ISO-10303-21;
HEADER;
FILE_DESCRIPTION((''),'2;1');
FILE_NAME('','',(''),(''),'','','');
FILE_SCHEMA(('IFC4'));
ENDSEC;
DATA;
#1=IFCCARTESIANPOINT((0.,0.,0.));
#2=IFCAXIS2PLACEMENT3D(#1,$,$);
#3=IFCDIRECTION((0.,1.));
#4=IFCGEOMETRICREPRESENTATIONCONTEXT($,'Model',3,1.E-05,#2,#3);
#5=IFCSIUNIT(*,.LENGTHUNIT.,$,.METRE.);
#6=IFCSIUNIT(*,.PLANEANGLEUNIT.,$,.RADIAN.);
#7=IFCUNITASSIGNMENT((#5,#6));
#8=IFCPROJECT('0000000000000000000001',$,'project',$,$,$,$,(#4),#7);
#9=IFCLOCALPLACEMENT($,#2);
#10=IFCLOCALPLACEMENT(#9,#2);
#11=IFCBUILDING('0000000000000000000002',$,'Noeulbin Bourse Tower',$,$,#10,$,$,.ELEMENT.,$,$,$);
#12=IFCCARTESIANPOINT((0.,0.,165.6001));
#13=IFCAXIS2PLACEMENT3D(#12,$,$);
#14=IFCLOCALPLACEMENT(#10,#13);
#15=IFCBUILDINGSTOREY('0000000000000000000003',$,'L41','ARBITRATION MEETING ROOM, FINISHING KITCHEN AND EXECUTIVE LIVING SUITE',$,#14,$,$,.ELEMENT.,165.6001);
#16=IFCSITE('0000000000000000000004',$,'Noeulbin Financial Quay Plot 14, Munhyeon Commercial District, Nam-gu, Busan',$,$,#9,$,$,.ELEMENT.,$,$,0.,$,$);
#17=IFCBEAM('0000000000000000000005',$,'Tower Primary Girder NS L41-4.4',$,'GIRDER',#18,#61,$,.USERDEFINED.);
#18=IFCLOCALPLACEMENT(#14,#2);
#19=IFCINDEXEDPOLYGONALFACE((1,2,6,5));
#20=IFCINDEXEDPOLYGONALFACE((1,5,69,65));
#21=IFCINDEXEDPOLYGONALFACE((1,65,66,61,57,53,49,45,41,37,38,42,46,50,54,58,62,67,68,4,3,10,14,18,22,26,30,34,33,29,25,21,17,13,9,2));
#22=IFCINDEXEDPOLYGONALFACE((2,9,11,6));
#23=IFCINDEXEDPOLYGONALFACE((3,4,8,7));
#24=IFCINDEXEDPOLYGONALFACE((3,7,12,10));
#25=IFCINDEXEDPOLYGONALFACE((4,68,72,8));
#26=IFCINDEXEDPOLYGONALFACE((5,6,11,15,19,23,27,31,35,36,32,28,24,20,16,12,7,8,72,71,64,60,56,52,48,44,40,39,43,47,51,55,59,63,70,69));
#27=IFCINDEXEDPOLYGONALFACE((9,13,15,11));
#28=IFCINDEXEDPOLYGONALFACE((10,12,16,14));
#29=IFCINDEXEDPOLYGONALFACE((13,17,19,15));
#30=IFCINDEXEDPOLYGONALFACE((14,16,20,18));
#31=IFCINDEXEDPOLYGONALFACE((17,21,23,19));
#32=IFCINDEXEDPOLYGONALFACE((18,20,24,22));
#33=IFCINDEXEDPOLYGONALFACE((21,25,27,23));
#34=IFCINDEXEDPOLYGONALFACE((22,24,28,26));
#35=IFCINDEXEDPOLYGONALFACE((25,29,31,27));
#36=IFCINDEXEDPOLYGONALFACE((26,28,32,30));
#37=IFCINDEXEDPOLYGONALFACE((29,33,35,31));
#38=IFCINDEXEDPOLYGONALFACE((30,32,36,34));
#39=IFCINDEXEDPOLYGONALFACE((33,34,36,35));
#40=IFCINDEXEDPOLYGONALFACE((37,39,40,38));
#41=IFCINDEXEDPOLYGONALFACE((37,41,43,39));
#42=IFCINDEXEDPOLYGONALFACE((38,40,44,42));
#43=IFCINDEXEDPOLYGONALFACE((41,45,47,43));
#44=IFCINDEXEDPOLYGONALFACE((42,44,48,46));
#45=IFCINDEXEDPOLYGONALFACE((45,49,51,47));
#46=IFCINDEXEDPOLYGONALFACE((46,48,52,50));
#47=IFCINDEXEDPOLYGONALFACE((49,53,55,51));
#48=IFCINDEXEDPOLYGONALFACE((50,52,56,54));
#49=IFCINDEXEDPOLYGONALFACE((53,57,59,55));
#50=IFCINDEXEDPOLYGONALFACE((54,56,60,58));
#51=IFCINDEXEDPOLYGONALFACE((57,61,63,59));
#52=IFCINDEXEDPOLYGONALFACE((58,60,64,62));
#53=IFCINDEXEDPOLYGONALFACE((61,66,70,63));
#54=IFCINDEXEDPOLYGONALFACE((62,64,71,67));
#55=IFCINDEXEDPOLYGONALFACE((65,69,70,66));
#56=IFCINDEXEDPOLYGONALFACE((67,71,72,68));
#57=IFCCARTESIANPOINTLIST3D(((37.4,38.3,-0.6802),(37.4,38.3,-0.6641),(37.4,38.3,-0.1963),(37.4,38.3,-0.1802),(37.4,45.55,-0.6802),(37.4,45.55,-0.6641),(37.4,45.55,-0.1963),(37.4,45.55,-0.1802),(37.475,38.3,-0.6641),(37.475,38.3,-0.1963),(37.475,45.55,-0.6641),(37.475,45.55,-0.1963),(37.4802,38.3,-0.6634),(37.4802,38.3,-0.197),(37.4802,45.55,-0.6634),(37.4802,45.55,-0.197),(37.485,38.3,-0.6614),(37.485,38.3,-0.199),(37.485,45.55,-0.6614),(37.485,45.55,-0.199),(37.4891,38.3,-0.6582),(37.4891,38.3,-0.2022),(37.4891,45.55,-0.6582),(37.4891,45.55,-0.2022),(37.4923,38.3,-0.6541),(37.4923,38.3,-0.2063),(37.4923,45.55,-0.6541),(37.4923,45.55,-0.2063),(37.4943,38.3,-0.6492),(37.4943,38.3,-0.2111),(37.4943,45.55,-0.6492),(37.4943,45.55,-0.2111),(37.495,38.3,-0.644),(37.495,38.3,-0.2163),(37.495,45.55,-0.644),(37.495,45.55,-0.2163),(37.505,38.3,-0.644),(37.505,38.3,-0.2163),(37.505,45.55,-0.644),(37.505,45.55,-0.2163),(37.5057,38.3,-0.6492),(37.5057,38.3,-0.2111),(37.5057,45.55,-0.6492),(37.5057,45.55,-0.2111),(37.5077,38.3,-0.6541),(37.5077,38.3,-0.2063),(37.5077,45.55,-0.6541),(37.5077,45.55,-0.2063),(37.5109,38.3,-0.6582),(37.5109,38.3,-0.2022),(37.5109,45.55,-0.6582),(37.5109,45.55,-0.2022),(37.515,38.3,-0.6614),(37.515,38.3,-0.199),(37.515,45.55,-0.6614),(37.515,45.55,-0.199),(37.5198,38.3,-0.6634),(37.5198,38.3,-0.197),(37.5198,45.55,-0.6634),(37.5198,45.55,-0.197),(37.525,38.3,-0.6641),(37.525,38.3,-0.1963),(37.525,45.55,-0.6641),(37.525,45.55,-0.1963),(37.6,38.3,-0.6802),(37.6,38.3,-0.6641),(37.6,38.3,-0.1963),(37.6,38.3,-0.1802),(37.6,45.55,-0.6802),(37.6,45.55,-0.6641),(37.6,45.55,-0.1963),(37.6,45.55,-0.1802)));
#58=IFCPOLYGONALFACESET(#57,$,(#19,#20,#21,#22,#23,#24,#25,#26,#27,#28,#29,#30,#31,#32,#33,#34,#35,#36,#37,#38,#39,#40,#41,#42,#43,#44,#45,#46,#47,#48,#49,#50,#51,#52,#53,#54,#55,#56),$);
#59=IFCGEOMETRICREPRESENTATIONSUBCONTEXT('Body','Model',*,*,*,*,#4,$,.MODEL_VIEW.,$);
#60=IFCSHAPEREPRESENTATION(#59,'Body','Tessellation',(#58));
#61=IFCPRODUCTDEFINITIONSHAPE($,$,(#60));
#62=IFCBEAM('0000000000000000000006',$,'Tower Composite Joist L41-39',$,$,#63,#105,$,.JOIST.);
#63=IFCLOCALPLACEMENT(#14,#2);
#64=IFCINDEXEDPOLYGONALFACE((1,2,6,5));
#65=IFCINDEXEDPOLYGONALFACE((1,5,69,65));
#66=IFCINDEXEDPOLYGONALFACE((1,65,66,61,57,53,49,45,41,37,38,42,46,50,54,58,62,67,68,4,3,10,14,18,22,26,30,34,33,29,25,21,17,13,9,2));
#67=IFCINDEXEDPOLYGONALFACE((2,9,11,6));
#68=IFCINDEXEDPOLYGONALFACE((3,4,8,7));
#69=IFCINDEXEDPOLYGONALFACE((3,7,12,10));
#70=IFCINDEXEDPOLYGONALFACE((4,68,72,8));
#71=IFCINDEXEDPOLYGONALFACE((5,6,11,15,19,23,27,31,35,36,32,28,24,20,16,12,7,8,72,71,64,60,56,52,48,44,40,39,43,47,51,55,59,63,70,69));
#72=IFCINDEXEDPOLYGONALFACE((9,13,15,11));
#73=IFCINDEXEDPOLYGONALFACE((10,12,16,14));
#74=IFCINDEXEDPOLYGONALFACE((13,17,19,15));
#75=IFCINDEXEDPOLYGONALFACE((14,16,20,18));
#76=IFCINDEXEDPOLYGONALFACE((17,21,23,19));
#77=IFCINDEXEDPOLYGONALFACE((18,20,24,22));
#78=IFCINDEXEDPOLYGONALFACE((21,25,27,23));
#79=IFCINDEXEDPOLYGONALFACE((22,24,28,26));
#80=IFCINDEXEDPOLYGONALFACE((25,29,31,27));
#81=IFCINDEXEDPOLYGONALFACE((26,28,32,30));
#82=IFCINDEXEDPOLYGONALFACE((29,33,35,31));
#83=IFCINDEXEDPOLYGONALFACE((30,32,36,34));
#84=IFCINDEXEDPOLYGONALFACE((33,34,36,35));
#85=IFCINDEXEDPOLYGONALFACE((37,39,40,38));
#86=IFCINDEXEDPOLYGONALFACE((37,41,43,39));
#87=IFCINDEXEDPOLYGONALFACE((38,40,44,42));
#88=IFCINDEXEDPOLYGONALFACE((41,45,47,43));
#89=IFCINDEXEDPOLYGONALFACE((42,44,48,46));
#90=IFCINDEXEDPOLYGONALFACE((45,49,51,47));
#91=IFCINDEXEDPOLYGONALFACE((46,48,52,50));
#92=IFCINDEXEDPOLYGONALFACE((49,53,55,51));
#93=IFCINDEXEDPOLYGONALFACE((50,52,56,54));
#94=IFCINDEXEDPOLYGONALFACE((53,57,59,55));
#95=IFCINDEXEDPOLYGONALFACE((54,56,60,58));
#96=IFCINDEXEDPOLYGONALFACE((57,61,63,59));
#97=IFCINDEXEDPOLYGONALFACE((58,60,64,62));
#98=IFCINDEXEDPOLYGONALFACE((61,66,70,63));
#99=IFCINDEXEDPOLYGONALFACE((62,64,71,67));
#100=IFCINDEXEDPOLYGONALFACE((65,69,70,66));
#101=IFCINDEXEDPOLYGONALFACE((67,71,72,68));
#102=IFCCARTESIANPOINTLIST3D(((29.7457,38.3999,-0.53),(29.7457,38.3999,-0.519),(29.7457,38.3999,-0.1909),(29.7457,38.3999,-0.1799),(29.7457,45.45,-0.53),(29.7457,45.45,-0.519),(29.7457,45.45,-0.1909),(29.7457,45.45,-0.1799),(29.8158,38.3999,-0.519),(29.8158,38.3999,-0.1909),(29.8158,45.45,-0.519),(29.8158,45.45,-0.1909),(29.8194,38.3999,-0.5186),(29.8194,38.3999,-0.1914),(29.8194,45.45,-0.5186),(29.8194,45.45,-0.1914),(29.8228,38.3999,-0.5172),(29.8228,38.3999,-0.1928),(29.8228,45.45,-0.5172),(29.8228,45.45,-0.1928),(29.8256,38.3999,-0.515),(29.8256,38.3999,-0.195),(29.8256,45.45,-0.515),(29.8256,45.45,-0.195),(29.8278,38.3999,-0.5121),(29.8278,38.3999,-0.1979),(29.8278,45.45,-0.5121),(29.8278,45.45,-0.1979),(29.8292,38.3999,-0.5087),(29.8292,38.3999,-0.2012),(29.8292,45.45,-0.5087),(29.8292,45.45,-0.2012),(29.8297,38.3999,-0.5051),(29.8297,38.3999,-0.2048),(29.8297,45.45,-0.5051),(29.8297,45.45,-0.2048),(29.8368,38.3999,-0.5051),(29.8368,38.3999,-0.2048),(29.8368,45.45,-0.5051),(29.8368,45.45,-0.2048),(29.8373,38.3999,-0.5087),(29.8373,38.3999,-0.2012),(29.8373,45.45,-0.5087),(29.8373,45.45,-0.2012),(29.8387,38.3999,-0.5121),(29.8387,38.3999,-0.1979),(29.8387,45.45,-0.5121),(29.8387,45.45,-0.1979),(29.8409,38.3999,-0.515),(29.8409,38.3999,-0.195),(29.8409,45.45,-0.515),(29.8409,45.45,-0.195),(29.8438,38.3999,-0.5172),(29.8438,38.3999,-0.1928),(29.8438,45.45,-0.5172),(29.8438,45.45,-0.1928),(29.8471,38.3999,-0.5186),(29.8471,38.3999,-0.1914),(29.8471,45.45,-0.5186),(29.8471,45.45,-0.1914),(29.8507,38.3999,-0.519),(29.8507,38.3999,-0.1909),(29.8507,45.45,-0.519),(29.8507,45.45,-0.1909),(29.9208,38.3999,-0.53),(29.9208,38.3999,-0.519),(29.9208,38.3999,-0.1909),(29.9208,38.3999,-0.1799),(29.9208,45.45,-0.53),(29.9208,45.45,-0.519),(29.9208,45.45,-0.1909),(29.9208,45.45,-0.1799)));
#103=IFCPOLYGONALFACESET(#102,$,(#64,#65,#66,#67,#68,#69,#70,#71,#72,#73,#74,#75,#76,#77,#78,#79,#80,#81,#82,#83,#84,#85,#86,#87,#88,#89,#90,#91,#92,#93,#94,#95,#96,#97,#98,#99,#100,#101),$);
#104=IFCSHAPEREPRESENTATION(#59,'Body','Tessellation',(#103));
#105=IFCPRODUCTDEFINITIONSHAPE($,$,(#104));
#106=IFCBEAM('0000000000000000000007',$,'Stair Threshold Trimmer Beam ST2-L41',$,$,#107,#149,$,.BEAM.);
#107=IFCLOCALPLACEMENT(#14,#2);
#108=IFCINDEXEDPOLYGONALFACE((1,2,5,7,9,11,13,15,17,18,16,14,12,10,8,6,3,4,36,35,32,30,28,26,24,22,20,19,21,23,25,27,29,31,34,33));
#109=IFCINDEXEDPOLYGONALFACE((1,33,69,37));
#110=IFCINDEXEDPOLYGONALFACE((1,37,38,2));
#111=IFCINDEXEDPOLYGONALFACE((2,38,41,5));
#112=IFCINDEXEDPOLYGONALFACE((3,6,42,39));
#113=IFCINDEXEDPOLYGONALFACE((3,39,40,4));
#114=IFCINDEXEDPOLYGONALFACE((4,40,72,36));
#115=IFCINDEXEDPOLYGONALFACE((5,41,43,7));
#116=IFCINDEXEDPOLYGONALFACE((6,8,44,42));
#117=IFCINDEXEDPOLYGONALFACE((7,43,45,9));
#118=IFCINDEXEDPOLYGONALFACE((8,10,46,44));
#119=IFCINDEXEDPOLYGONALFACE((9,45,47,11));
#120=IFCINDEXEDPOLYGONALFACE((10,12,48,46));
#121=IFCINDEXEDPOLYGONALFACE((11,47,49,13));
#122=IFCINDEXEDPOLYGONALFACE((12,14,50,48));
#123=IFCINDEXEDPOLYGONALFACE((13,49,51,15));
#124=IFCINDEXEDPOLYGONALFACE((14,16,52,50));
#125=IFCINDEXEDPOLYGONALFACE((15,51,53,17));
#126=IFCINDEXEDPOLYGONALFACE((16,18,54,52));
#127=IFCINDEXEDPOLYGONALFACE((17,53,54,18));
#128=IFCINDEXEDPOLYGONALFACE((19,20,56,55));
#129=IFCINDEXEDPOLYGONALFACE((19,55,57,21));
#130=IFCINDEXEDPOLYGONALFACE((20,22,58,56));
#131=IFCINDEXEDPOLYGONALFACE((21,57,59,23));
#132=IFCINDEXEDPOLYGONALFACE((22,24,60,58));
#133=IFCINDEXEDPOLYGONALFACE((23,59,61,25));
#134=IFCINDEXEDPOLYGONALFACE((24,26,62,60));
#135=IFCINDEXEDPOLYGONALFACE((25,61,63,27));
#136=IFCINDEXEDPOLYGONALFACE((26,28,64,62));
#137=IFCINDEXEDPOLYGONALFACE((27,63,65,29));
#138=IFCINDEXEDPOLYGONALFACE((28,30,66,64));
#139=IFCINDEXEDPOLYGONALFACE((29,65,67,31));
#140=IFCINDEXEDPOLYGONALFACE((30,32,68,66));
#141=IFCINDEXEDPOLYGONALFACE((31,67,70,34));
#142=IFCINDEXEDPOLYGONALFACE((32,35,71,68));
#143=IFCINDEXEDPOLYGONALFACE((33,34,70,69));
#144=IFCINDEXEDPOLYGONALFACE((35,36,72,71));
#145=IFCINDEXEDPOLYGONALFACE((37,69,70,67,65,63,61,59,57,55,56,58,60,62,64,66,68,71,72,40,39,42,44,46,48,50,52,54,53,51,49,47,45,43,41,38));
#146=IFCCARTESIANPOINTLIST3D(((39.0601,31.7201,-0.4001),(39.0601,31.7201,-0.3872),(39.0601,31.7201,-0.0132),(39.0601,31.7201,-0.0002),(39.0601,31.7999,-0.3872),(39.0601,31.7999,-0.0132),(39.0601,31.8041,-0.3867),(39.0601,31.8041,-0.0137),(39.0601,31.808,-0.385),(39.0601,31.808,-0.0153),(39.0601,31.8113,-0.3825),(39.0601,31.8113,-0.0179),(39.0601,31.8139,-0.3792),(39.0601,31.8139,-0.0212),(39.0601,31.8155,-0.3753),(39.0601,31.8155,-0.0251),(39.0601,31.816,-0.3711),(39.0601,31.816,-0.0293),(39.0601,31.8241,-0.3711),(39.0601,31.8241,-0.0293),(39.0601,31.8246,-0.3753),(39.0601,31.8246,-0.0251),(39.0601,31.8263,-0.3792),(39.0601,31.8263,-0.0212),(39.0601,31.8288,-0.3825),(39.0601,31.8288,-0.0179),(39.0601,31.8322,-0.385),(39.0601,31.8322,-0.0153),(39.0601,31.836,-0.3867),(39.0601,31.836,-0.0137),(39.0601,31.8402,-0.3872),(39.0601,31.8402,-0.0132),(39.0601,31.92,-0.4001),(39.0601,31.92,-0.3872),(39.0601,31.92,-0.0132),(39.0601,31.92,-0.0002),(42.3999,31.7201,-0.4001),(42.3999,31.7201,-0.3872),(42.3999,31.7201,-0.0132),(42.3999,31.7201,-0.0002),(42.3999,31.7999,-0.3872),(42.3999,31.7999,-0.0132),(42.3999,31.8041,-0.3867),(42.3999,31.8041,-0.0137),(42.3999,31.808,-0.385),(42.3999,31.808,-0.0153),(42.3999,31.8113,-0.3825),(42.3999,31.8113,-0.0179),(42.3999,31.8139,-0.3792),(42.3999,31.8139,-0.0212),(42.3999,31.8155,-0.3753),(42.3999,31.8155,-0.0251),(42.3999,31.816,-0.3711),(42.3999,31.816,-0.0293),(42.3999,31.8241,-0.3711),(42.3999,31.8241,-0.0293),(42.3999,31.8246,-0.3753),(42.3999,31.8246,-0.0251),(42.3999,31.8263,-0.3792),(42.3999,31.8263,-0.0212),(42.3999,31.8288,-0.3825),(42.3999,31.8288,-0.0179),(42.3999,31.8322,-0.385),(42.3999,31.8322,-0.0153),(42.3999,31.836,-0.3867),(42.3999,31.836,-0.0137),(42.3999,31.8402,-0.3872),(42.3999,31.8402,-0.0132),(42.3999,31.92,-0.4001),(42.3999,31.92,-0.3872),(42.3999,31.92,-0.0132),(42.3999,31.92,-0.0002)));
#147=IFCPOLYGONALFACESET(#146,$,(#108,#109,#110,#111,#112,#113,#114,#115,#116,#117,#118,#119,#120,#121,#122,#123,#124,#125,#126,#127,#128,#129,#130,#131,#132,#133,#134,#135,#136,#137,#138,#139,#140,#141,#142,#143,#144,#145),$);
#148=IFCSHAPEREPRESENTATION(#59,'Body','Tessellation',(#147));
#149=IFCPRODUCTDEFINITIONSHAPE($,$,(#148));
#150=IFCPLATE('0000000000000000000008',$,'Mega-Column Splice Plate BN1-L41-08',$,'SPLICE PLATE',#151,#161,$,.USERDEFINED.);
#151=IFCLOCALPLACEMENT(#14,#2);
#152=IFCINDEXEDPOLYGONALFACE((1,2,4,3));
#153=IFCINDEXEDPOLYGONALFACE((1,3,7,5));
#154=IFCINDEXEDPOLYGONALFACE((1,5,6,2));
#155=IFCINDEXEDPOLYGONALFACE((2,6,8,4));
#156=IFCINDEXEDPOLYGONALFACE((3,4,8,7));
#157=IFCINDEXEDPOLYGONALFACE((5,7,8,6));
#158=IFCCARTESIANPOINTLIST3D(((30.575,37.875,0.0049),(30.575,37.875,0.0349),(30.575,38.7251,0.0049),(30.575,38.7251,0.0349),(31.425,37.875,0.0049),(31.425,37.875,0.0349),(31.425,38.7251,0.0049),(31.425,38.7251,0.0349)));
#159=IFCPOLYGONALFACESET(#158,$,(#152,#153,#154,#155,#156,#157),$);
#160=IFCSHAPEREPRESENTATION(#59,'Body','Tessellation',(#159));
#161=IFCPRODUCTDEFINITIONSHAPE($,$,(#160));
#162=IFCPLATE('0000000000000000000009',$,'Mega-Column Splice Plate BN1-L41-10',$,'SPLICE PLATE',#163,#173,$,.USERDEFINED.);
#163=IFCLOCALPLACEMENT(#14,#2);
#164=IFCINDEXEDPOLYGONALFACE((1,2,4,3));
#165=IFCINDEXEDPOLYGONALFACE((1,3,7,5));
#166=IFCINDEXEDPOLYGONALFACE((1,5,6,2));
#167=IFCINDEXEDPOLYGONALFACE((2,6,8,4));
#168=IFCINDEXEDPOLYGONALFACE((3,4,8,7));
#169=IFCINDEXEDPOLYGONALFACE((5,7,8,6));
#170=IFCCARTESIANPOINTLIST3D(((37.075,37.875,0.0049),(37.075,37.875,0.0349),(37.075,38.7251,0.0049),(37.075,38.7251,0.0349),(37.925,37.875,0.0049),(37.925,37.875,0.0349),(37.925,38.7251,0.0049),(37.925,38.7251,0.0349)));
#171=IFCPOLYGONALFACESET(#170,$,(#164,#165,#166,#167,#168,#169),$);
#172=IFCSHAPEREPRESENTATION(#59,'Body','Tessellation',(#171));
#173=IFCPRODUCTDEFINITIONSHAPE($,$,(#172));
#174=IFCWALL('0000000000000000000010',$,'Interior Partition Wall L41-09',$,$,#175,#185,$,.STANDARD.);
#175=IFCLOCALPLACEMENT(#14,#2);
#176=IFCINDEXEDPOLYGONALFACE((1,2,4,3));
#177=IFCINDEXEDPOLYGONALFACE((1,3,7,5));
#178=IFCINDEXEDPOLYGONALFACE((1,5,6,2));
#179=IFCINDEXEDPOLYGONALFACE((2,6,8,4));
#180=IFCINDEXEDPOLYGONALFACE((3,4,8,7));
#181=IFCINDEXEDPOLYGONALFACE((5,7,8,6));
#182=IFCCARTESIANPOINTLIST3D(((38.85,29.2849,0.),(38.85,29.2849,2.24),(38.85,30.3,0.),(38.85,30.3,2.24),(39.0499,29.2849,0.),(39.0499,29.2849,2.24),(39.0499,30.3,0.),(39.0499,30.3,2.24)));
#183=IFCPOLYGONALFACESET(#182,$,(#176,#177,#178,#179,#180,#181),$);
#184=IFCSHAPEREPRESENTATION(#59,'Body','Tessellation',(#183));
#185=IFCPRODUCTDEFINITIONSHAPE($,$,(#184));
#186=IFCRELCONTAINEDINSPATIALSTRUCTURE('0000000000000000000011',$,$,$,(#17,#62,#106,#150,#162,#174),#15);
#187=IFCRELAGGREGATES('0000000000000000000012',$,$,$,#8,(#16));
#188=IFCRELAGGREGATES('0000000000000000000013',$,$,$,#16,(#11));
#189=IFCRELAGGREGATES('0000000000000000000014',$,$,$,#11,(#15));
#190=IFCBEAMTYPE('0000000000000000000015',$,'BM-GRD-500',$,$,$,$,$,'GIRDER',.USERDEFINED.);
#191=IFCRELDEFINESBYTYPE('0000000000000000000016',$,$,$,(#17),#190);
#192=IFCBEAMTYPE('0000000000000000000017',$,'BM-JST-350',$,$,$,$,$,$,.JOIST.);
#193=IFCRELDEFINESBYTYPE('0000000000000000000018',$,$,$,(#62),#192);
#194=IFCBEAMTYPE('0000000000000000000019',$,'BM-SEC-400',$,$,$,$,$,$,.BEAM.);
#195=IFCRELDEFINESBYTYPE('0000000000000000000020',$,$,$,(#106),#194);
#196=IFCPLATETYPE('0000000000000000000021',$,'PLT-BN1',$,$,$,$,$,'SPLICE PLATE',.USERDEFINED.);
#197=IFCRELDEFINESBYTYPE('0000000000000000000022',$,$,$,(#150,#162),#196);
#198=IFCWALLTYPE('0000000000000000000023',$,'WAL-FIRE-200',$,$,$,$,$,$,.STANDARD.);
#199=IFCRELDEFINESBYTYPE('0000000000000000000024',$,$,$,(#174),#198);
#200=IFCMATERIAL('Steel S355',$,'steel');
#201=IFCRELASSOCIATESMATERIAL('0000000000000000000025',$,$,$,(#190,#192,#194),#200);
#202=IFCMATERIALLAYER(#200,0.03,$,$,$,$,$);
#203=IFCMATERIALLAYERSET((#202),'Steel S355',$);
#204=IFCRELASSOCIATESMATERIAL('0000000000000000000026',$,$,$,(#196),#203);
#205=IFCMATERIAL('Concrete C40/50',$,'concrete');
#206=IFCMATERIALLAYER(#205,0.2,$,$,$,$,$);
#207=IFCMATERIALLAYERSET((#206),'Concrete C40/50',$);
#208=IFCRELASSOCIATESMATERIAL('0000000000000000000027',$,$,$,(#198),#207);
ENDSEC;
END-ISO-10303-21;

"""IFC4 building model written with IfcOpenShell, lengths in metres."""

from ifc_helpers import new_model, si_unit, direction, frame, frame_2d, origin, origin_2d, place, context, subcontext, project, spatial, rectangle, i_section, extrude, material, layer, layer_set, material_profile, profile_set, type_object, element, save


model = new_model("IFC4")

# Units and contexts
model_context = context("Model", 3, precision=1e-05, world=origin(), true_north=direction((0.0, 1.0)))
body_context = subcontext(model_context, "Body", "Model", "MODEL_VIEW")
ifc_project = project(units=[si_unit("LENGTHUNIT", "METRE"), si_unit("PLANEANGLEUNIT", "RADIAN")], contexts=[model_context])

# Site, building, storey
site_placement = place(None, origin())
site = spatial("IfcSite", under=ifc_project, at=site_placement, Name="Noeulbin Financial Quay Plot 14, Munhyeon Commercial District, Nam-gu, Busan", CompositionType="ELEMENT", RefElevation=0.0)
building_placement = place(site_placement, origin())
building = spatial("IfcBuilding", under=site, at=building_placement, Name="Noeulbin Bourse Tower", CompositionType="ELEMENT")
storey_placement = place(building_placement, frame((0.0, 0.0, 165.6001)))
storey = spatial("IfcBuildingStorey", under=building, at=storey_placement, Name="L41", Description="ARBITRATION MEETING ROOM, FINISHING KITCHEN AND EXECUTIVE LIVING SUITE", CompositionType="ELEMENT", Elevation=165.6001)

# Beams
ifc_material_1 = material(Name="Steel S355", Category="steel")
ifc_material_profile_1 = material_profile(ifc_material_1, i_section(OverallWidth=0.2, OverallDepth=0.5, WebThickness=0.01, FlangeThickness=0.0161, FilletRadius=0.02, at=origin_2d()), Name="H-500x200x10x16", Category="LoadBearing")
ifc_profile_set_1 = profile_set([ifc_material_profile_1], Name="Steel S355")
beam_type_1 = type_object("IfcBeamType", Name="BM-GRD-500", ElementType="GIRDER", PredefinedType="USERDEFINED", material=ifc_profile_set_1)
for number, where, z_axis, x_axis, name in (
    (1, (37.5, 38.3, -0.4302), (0.0, 1.0, 0.0), (-1.0, 0.0, 0.0), "Tower Primary Girder NS L41-4.4"),
):
    element("IfcBeam", number, at=place(storey_placement, frame(where, z_axis=z_axis, x_axis=x_axis)), inside=storey, type_object=beam_type_1, Name=name, ObjectType="GIRDER", PredefinedType="USERDEFINED", context=body_context, shape_type="SweptSolid", body=[
        extrude(i_section(OverallWidth=0.2, OverallDepth=0.5, WebThickness=0.01, FlangeThickness=0.0161, FilletRadius=0.02, at=origin_2d()), origin(), (0.0, 0.0, 1.0), 7.25),
    ])
ifc_material_profile_2 = material_profile(ifc_material_1, i_section(OverallWidth=0.175, OverallDepth=0.3501, WebThickness=0.0071, FlangeThickness=0.011, FilletRadius=0.0139, at=origin_2d()), Name="H-350x175x7x11", Category="LoadBearing")
ifc_profile_set_2 = profile_set([ifc_material_profile_2], Name="Steel S355")
beam_type_2 = type_object("IfcBeamType", Name="BM-JST-350", PredefinedType="JOIST", material=ifc_profile_set_2)
beam_1_placement = place(storey_placement, frame((29.8333, 38.3999, -0.355), z_axis=(0.0, 1.0, 0.0), x_axis=(-1.0, 0.0, 0.0)))
element("IfcBeam", 2, at=beam_1_placement, inside=storey, type_object=beam_type_2, Name="Tower Composite Joist L41-39", PredefinedType="JOIST", context=body_context, shape_type="SweptSolid", body=[
    extrude(i_section(OverallWidth=0.175, OverallDepth=0.3501, WebThickness=0.0071, FlangeThickness=0.011, FilletRadius=0.0139, at=origin_2d()), origin(), (0.0, 0.0, 1.0), 7.05),
])
ifc_material_profile_3 = material_profile(ifc_material_1, i_section(OverallWidth=0.2, OverallDepth=0.3999, WebThickness=0.0081, FlangeThickness=0.0129, FilletRadius=0.0161, at=origin_2d()), Name="H-400x200x8x13", Category="LoadBearing")
ifc_profile_set_3 = profile_set([ifc_material_profile_3], Name="Steel S355")
beam_type_3 = type_object("IfcBeamType", Name="BM-SEC-400", PredefinedType="BEAM", material=ifc_profile_set_3)
beam_2_placement = place(storey_placement, frame((39.0601, 31.8201, -0.2002), z_axis=(1.0, 0.0, 0.0), x_axis=(0.0, 1.0, 0.0)))
element("IfcBeam", 3, at=beam_2_placement, inside=storey, type_object=beam_type_3, Name="Stair Threshold Trimmer Beam ST2-L41", PredefinedType="BEAM", context=body_context, shape_type="SweptSolid", body=[
    extrude(i_section(OverallWidth=0.2, OverallDepth=0.3999, WebThickness=0.0081, FlangeThickness=0.0129, FilletRadius=0.0161, at=origin_2d()), origin(), (0.0, 0.0, 1.0), 3.3398),
])

# Plates
ifc_layer_1 = layer(ifc_material_1, 0.03)
ifc_layer_set_1 = layer_set([ifc_layer_1], Name="Steel S355")
plate_type = type_object("IfcPlateType", Name="PLT-BN1", ElementType="SPLICE PLATE", PredefinedType="USERDEFINED", material=ifc_layer_set_1)
for number, where, z_axis, x_axis, name in (
    (4, (31.0, 38.3, 0.0049), (0.0, 0.0, 1.0), (1.0, 0.0, 0.0), "Mega-Column Splice Plate BN1-L41-08"),
    (5, (37.5, 38.3, 0.0049), (0.0, 0.0, 1.0), (1.0, 0.0, 0.0), "Mega-Column Splice Plate BN1-L41-10"),
):
    element("IfcPlate", number, at=place(storey_placement, frame(where, z_axis=z_axis, x_axis=x_axis)), inside=storey, type_object=plate_type, Name=name, ObjectType="SPLICE PLATE", PredefinedType="USERDEFINED", context=body_context, shape_type="SweptSolid", body=[
        extrude(rectangle(XDim=0.8501, YDim=0.8501, at=origin_2d()), origin(), (0.0, 0.0, 1.0), 0.03),
    ])

# Wall
ifc_material_2 = material(Name="Concrete C40/50", Category="concrete")
ifc_layer_2 = layer(ifc_material_2, 0.2)
ifc_layer_set_2 = layer_set([ifc_layer_2], Name="Concrete C40/50")
wall_type_1 = type_object("IfcWallType", Name="WAL-FIRE-200", PredefinedType="STANDARD", material=ifc_layer_set_2)
wall_1_placement = place(storey_placement, frame((38.95, 29.2849, 0.0), z_axis=(0.0, 0.0, 1.0), x_axis=(0.0, 1.0, 0.0)))
element("IfcWall", 6, at=wall_1_placement, inside=storey, type_object=wall_type_1, Name="Interior Partition Wall L41-09", PredefinedType="STANDARD", context=body_context, shape_type="SweptSolid", body=[
    extrude(rectangle(XDim=1.0151, YDim=0.2, at=frame_2d((0.5076, 0.0))), origin(), (0.0, 0.0, 1.0), 2.24),
])

save(model, "model.ifc")
